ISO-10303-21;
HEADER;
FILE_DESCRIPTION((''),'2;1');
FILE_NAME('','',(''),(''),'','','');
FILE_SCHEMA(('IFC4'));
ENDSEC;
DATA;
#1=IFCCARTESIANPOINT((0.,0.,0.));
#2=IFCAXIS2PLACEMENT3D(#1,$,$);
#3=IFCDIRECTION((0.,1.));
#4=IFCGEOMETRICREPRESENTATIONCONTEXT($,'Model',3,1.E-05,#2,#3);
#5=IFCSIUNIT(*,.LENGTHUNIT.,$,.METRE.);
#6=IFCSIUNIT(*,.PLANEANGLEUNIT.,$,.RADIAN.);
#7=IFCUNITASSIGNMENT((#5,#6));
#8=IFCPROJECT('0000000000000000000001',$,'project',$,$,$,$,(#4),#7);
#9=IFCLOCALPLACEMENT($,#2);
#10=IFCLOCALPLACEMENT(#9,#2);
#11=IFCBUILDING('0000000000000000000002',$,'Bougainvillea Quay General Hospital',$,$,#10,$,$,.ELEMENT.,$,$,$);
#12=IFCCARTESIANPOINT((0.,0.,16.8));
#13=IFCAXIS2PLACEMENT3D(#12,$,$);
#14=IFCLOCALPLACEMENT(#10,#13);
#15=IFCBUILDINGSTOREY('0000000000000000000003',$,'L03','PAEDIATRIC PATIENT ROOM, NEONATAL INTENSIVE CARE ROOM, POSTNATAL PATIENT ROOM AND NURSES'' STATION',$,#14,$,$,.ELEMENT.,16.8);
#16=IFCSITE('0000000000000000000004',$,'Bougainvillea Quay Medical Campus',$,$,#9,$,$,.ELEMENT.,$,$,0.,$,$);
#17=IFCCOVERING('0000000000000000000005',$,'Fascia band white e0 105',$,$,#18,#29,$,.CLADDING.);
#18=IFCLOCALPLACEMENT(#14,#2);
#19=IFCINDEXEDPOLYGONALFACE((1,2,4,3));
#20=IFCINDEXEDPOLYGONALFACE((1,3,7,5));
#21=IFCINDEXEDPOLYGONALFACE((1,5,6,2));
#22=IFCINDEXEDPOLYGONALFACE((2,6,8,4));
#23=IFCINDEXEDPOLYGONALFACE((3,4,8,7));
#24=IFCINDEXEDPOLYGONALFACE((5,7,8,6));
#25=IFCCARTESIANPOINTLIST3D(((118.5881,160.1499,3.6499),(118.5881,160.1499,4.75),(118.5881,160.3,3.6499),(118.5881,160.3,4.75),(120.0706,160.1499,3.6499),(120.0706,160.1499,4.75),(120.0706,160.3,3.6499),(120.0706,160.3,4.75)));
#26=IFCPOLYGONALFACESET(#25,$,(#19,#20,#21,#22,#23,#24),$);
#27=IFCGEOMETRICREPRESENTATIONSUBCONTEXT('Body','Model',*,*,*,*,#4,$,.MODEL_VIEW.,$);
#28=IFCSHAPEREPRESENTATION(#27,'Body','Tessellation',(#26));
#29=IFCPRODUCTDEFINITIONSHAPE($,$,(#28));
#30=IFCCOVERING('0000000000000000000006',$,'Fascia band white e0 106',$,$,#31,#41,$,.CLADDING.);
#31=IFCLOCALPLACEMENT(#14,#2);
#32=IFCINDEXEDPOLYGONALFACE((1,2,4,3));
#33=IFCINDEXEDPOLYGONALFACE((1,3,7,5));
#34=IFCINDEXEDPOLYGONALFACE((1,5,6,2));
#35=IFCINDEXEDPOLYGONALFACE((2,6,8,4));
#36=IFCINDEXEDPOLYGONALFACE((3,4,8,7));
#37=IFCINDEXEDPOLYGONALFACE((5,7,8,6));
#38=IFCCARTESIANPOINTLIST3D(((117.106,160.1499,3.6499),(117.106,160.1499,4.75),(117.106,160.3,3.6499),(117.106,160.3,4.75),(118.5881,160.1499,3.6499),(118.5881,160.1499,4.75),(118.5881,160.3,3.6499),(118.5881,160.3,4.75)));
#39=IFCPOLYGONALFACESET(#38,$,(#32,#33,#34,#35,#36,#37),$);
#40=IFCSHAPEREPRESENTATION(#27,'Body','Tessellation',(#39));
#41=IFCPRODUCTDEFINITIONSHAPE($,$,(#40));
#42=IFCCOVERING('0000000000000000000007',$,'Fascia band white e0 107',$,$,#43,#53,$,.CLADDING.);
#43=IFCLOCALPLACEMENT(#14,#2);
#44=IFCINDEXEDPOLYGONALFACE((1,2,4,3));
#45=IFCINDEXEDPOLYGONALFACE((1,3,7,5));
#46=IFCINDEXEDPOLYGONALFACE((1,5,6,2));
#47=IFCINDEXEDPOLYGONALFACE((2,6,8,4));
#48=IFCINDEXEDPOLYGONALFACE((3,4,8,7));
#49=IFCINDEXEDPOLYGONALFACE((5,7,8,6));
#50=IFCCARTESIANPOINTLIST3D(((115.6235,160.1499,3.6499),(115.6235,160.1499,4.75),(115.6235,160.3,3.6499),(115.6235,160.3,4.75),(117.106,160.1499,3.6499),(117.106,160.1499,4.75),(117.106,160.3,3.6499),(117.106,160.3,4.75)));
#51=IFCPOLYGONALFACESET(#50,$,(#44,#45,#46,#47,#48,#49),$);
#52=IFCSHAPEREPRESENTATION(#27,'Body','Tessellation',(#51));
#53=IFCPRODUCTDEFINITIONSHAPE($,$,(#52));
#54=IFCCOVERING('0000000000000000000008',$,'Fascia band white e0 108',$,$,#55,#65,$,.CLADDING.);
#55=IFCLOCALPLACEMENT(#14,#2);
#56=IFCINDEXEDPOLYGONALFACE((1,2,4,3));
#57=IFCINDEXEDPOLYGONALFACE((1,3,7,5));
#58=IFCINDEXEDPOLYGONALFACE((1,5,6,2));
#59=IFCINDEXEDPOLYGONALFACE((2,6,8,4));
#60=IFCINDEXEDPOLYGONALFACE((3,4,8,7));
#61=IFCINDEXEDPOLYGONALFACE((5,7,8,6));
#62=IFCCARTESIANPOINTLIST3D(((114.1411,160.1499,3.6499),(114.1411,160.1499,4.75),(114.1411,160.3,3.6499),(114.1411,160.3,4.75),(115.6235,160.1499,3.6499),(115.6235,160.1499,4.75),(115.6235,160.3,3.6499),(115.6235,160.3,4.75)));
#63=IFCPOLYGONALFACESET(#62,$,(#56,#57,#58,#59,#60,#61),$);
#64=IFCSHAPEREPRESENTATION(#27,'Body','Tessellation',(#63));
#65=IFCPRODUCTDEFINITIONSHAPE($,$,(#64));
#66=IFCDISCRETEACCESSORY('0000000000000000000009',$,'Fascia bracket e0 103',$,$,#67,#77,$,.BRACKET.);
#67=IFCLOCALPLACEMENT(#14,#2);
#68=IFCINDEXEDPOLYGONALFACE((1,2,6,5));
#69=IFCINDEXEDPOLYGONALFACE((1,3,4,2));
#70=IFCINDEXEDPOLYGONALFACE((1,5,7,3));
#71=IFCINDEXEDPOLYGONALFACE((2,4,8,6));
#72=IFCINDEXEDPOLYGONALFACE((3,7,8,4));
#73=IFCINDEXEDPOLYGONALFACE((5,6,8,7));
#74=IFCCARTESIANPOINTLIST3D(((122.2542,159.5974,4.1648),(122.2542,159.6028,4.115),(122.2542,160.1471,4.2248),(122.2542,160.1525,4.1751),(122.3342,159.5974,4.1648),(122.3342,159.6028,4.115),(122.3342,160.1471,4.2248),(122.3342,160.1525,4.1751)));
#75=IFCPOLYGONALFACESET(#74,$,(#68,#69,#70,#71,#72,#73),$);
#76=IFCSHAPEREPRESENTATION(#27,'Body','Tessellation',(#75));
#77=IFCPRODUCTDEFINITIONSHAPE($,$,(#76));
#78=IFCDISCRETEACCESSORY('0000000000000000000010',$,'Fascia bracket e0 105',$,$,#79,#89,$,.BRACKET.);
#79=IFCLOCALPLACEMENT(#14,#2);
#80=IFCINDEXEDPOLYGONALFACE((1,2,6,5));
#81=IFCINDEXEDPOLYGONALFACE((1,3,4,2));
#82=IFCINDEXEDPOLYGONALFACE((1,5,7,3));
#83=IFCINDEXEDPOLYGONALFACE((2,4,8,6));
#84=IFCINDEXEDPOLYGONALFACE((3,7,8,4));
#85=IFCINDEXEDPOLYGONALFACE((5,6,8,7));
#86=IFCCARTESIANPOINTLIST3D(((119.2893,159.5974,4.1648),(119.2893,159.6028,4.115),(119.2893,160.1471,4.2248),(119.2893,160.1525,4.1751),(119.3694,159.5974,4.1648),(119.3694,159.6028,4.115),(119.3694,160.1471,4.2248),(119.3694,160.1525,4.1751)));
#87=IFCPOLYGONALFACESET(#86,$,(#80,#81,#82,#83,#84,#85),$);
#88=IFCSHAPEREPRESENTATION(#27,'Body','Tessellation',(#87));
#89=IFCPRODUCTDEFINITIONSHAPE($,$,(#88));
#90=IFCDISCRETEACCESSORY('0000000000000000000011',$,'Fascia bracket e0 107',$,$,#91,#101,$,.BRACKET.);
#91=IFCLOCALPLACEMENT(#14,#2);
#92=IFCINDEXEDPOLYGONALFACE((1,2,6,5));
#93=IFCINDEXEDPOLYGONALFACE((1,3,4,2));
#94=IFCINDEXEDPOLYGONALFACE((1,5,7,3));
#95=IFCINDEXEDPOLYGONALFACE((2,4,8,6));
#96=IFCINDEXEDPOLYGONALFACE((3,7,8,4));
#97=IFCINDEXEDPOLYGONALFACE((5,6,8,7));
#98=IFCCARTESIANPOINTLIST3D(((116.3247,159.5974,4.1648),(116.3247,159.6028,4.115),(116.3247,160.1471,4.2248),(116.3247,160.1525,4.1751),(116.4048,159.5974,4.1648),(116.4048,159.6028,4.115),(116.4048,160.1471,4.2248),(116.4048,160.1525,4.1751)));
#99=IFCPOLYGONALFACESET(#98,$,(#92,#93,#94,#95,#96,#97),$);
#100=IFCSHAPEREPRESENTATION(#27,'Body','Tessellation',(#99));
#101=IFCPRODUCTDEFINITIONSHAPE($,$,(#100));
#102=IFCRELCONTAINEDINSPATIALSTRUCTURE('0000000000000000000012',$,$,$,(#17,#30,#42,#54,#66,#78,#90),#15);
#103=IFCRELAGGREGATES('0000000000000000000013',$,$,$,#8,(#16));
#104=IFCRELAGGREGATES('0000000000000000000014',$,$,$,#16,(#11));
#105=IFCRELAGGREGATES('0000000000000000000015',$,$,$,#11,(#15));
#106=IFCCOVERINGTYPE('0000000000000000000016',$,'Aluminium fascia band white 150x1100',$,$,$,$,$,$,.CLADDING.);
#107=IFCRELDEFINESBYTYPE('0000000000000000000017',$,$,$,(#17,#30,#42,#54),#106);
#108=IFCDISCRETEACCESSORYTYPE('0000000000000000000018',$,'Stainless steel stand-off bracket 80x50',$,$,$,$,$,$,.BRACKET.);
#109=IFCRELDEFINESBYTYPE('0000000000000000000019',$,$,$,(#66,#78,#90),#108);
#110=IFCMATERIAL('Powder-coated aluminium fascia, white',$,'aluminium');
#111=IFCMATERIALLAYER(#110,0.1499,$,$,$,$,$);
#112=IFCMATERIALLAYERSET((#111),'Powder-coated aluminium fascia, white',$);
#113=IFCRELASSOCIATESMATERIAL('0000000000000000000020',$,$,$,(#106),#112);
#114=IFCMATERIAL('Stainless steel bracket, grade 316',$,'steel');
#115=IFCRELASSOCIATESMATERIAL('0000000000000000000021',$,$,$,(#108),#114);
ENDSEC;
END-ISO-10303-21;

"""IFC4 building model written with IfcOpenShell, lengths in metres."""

from ifc_helpers import new_model, si_unit, direction, frame, origin, origin_2d, place, context, subcontext, project, spatial, polyline, rectangle, outline, extrude, material, layer, layer_set, material_profile, profile_set, type_object, element, save


model = new_model("IFC4")

# Units and contexts
model_context = context("Model", 3, precision=1e-05, world=origin(), true_north=direction((0.0, 1.0)))
body_context = subcontext(model_context, "Body", "Model", "MODEL_VIEW")
ifc_project = project(units=[si_unit("LENGTHUNIT", "METRE"), si_unit("PLANEANGLEUNIT", "RADIAN")], contexts=[model_context])

# Site, building, storey
site_placement = place(None, origin())
site = spatial("IfcSite", under=ifc_project, at=site_placement, Name="Bougainvillea Quay Medical Campus", CompositionType="ELEMENT", RefElevation=0.0)
building_placement = place(site_placement, origin())
building = spatial("IfcBuilding", under=site, at=building_placement, Name="Bougainvillea Quay General Hospital", CompositionType="ELEMENT")
storey_placement = place(building_placement, frame((0.0, 0.0, 16.8)))
storey = spatial("IfcBuildingStorey", under=building, at=storey_placement, Name="L03", Description="PAEDIATRIC PATIENT ROOM, NEONATAL INTENSIVE CARE ROOM, POSTNATAL PATIENT ROOM AND NURSES' STATION", CompositionType="ELEMENT", Elevation=16.8)

# Coverings
ifc_material_1 = material(Name="Powder-coated aluminium fascia, white", Category="aluminium")
ifc_layer_1 = layer(ifc_material_1, 0.1499)
ifc_layer_set_1 = layer_set([ifc_layer_1], Name="Powder-coated aluminium fascia, white")
covering_type = type_object("IfcCoveringType", Name="Aluminium fascia band white 150x1100", PredefinedType="CLADDING", material=ifc_layer_set_1)
for number, where, z_axis, x_axis, name in (
    (1, (120.0706, 160.1499, 3.6499), (0.0, 0.0, 1.0), (-1.0, 0.0, 0.0), "Fascia band white e0 105"),
):
    element("IfcCovering", number, at=place(storey_placement, frame(where, z_axis=z_axis, x_axis=x_axis)), inside=storey, type_object=covering_type, Name=name, PredefinedType="CLADDING", context=body_context, shape_type="SweptSolid", body=[
        extrude(outline(polyline([(0.0, 0.0), (1.4824, 0.0), (1.4824, -0.1501), (0.0, -0.1501), (0.0, 0.0)])), origin(), (0.0, 0.0, 1.0), 1.1001),
    ])
covering_placement = place(storey_placement, frame((118.5881, 160.1499, 3.6499), z_axis=(0.0, 0.0, 1.0), x_axis=(-1.0, 0.0, 0.0)))
element("IfcCovering", 2, at=covering_placement, inside=storey, type_object=covering_type, Name="Fascia band white e0 106", PredefinedType="CLADDING", context=body_context, shape_type="SweptSolid", body=[
    extrude(outline(polyline([(0.0, 0.0), (1.4822, 0.0), (1.4822, -0.1501), (0.0, -0.1501), (0.0, 0.0)])), origin(), (0.0, 0.0, 1.0), 1.1001),
])
for number, where, z_axis, x_axis, name in (
    (3, (117.106, 160.1499, 3.6499), (0.0, 0.0, 1.0), (-1.0, 0.0, 0.0), "Fascia band white e0 107"),
    (4, (115.6235, 160.1499, 3.6499), (0.0, 0.0, 1.0), (-1.0, 0.0, 0.0), "Fascia band white e0 108"),
):
    element("IfcCovering", number, at=place(storey_placement, frame(where, z_axis=z_axis, x_axis=x_axis)), inside=storey, type_object=covering_type, Name=name, PredefinedType="CLADDING", context=body_context, shape_type="SweptSolid", body=[
        extrude(outline(polyline([(0.0, 0.0), (1.4824, 0.0), (1.4824, -0.1501), (0.0, -0.1501), (0.0, 0.0)])), origin(), (0.0, 0.0, 1.0), 1.1001),
    ])

# Discrete accessories
ifc_material_2 = material(Name="Stainless steel bracket, grade 316", Category="steel")
ifc_material_profile_1 = material_profile(ifc_material_2, rectangle(XDim=0.0801, YDim=0.05, at=origin_2d()))
ifc_profile_set_1 = profile_set([ifc_material_profile_1], Name="Stainless steel bracket, grade 316")
discrete_accessory_type = type_object("IfcDiscreteAccessoryType", Name="Stainless steel stand-off bracket 80x50", PredefinedType="BRACKET", material=ifc_profile_set_1)
for number, where, z_axis, x_axis, name in (
    (5, (122.2942, 159.6001, 4.1399), (0.0, 0.994087, 0.10859), (-1.0, 0.0, 0.0), "Fascia bracket e0 103"),
    (6, (119.3293, 159.6001, 4.1399), (0.0, 0.994087, 0.10859), (-1.0, 0.0, 0.0), "Fascia bracket e0 105"),
    (7, (116.3647, 159.6001, 4.1399), (0.0, 0.994087, 0.10859), (-1.0, 0.0, 0.0), "Fascia bracket e0 107"),
):
    element("IfcDiscreteAccessory", number, at=place(storey_placement, frame(where, z_axis=z_axis, x_axis=x_axis)), inside=storey, type_object=discrete_accessory_type, Name=name, PredefinedType="BRACKET", context=body_context, shape_type="SweptSolid", body=[
        extrude(rectangle(XDim=0.0801, YDim=0.05, at=origin_2d()), origin(), (0.0, 0.0, 1.0), 0.553),
    ])

save(model, "model.ifc")
